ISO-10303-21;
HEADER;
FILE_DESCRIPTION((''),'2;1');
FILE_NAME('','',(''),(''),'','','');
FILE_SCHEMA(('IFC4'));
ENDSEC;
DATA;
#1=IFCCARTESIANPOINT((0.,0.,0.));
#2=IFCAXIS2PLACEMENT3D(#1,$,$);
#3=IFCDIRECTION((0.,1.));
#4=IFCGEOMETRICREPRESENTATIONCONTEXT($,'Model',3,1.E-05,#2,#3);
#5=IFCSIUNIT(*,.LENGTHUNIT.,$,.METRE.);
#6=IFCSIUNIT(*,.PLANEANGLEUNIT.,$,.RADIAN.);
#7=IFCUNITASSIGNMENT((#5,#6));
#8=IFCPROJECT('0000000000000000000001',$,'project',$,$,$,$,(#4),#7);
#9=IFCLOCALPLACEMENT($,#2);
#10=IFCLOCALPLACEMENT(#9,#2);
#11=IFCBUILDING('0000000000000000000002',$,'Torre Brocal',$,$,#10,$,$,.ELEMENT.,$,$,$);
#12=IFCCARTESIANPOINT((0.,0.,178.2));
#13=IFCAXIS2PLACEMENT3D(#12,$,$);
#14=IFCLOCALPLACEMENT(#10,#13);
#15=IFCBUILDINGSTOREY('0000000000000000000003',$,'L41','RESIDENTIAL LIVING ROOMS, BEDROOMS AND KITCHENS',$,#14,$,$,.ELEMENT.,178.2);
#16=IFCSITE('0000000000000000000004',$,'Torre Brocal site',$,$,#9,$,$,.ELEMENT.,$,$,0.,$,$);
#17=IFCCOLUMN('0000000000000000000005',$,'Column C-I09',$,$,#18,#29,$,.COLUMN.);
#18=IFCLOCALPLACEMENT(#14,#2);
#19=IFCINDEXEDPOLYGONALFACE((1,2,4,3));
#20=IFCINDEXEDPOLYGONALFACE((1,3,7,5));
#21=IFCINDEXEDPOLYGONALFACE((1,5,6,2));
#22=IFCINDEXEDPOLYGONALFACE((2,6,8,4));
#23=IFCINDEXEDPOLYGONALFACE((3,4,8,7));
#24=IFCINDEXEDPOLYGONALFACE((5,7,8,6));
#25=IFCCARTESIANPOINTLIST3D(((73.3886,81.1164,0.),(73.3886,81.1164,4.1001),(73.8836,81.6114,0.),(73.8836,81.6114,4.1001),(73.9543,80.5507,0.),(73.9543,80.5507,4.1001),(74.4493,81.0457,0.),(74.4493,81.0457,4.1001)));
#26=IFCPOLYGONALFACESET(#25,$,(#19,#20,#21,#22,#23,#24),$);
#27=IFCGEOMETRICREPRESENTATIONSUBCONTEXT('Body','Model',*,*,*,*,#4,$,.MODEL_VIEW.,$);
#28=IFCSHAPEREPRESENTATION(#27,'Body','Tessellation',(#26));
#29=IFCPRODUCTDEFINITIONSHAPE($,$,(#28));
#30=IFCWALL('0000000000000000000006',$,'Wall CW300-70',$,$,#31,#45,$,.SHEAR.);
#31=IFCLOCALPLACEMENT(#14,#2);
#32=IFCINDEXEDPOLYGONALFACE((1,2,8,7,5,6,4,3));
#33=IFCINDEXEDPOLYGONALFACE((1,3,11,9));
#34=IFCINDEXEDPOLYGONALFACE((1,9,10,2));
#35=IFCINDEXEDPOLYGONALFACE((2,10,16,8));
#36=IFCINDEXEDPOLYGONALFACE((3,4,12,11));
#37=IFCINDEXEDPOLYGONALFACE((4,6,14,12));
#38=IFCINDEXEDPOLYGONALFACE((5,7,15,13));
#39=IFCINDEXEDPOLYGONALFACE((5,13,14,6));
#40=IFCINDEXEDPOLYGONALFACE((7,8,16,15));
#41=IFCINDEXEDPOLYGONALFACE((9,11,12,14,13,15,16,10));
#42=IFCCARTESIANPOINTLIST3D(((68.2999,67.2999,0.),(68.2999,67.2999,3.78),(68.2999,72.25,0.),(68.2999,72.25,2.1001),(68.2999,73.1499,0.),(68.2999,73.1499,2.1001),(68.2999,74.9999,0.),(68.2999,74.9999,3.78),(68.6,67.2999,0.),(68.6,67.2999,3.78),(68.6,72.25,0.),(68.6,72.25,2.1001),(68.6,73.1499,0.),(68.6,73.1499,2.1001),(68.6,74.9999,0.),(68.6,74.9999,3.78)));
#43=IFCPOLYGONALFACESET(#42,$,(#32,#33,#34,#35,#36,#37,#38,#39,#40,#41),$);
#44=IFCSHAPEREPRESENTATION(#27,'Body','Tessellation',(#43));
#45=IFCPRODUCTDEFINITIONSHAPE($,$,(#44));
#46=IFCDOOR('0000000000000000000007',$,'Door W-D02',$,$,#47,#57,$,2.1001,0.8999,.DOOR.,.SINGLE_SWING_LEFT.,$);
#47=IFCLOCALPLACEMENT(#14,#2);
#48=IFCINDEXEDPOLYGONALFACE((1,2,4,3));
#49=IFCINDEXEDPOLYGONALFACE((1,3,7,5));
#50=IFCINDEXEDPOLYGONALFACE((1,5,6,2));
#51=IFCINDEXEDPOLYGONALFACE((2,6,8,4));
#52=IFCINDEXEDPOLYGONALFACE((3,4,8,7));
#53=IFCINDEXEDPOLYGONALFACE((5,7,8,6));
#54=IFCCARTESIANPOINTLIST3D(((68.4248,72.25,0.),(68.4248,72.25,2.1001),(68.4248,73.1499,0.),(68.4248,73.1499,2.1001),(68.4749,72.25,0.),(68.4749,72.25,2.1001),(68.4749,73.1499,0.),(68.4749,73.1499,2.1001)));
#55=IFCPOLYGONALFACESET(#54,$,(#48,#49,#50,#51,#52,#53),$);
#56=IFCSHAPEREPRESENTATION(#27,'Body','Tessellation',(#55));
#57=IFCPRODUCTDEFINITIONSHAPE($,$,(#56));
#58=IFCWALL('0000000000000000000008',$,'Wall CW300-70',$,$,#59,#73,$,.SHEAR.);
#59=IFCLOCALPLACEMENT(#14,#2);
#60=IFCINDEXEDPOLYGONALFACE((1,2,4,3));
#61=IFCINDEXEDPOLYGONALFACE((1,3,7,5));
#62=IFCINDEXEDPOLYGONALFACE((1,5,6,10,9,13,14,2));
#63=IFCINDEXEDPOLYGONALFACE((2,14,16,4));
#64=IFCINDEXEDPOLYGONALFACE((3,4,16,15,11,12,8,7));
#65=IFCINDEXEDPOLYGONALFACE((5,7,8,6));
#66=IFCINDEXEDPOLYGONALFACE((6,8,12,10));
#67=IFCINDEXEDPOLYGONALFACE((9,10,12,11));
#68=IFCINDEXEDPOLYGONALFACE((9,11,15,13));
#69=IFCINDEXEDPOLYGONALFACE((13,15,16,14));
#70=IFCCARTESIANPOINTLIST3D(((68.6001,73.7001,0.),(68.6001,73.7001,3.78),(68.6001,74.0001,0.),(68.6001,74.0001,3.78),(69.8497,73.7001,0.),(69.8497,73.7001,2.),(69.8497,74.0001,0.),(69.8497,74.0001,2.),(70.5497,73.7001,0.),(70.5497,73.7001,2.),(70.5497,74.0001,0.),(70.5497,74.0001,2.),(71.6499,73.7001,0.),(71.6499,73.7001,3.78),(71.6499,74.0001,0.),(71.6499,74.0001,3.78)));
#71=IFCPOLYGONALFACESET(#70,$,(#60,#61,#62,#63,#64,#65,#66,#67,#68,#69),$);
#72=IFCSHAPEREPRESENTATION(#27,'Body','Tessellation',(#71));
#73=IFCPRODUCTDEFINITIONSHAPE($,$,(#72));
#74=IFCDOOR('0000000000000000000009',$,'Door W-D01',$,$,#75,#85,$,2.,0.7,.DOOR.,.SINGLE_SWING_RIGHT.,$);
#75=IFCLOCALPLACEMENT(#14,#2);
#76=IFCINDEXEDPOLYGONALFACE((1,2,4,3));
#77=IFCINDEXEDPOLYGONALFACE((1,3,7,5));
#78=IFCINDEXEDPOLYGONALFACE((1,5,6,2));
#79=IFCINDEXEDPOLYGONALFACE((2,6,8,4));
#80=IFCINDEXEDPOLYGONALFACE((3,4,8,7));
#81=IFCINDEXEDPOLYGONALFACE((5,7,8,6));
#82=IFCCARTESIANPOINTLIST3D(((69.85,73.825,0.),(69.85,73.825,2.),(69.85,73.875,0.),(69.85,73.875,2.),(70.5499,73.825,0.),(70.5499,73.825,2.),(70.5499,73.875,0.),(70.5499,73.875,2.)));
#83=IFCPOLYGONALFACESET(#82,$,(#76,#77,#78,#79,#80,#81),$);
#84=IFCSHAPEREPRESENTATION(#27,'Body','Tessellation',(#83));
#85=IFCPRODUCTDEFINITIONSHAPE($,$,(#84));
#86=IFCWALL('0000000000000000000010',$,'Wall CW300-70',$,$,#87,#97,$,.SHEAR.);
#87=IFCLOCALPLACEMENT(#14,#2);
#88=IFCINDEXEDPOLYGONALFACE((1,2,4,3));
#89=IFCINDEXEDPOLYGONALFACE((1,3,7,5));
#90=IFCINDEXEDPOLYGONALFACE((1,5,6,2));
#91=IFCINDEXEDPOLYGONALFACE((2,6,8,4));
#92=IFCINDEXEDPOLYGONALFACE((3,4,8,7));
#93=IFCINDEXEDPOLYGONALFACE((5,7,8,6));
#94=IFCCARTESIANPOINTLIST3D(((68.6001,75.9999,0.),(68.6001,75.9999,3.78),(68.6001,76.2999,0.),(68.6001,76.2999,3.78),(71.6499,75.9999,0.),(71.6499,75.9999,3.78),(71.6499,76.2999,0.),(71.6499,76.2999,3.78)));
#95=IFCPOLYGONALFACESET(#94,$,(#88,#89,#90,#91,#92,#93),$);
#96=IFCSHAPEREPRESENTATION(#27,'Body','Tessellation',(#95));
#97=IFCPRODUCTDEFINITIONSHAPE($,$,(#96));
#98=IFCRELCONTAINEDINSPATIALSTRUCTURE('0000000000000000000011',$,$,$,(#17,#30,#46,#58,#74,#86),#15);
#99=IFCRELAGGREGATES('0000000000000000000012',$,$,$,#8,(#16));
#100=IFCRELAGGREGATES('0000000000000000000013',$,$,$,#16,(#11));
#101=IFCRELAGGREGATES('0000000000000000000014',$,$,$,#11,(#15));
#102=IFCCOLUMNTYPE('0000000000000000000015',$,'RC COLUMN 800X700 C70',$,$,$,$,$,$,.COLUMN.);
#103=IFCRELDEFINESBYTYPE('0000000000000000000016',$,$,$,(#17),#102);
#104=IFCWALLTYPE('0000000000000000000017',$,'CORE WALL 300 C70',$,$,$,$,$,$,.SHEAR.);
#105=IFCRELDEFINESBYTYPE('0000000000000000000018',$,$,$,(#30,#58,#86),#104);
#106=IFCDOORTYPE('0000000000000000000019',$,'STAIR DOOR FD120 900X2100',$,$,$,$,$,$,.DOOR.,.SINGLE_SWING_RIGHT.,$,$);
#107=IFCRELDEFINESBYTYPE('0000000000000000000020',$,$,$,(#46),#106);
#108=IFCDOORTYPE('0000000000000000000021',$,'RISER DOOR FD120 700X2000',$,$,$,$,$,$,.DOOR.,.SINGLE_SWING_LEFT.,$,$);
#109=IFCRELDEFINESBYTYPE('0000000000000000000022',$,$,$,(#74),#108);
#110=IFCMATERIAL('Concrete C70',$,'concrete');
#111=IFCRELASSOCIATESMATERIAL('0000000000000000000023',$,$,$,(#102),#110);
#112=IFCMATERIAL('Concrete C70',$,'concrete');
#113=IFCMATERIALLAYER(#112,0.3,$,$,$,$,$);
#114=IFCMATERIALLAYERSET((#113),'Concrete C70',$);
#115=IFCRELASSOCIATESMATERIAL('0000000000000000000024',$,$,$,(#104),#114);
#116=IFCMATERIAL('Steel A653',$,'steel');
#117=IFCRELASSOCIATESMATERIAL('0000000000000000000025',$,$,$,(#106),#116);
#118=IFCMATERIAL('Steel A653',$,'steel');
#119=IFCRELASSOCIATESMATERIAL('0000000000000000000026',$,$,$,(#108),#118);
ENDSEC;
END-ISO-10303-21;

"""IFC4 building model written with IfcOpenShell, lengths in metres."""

from ifc_helpers import new_model, si_unit, direction, frame, frame_2d, origin, origin_2d, place, context, subcontext, project, spatial, rectangle, extrude, material, layer, layer_set, material_profile, profile_set, type_object, element, fill, save


model = new_model("IFC4")

# Units and contexts
model_context = context("Model", 3, precision=1e-05, world=origin(), true_north=direction((0.0, 1.0)))
body_context = subcontext(model_context, "Body", "Model", "MODEL_VIEW")
ifc_project = project(units=[si_unit("LENGTHUNIT", "METRE"), si_unit("PLANEANGLEUNIT", "RADIAN")], contexts=[model_context])

# Site, building, storey
site_placement = place(None, origin())
site = spatial("IfcSite", under=ifc_project, at=site_placement, Name="Torre Brocal site", CompositionType="ELEMENT", RefElevation=0.0)
building_placement = place(site_placement, origin())
building = spatial("IfcBuilding", under=site, at=building_placement, Name="Torre Brocal", CompositionType="ELEMENT")
storey_placement = place(building_placement, frame((0.0, 0.0, 178.2)))
storey = spatial("IfcBuildingStorey", under=building, at=storey_placement, Name="L41", Description="RESIDENTIAL LIVING ROOMS, BEDROOMS AND KITCHENS", CompositionType="ELEMENT", Elevation=178.2)

# Column
ifc_material_1 = material(Name="Concrete C70", Category="concrete")
ifc_material_profile = material_profile(ifc_material_1, rectangle(XDim=0.8, YDim=0.7, at=origin_2d()), Name="RC 800X700")
ifc_profile_set = profile_set([ifc_material_profile], Name="Concrete C70")
column_type = type_object("IfcColumnType", Name="RC COLUMN 800X700 C70", PredefinedType="COLUMN", material=ifc_profile_set)
column_placement = place(storey_placement, frame((73.9189, 81.0811, 0.0), z_axis=(0.0, 0.0, 1.0), x_axis=(-0.707107, 0.707107, 0.0)))
element("IfcColumn", 1, at=column_placement, inside=storey, type_object=column_type, Name="Column C-I09", PredefinedType="COLUMN", context=body_context, shape_type="SweptSolid", body=[
    extrude(rectangle(XDim=0.8, YDim=0.7, at=origin_2d()), origin(), (0.0, 0.0, 1.0), 4.1001),
])

# Walls, openings, doors
ifc_material_2 = material(Name="Concrete C70", Category="concrete")
ifc_layer_1 = layer(ifc_material_2, 0.3)
ifc_layer_set_1 = layer_set([ifc_layer_1], Name="Concrete C70")
wall_type_1 = type_object("IfcWallType", Name="CORE WALL 300 C70", PredefinedType="SHEAR", material=ifc_layer_set_1)
wall_1_placement = place(storey_placement, frame((68.45, 75.0, 0.0), z_axis=(0.0, 0.0, 1.0), x_axis=(0.0, -1.0, 0.0)))
wall_1 = element("IfcWall", 2, at=wall_1_placement, inside=storey, type_object=wall_type_1, Name="Wall CW300-70", PredefinedType="SHEAR", context=body_context, shape_type="SweptSolid", body=[
    extrude(rectangle(XDim=7.7, YDim=0.3, at=frame_2d((3.8501, 0.0))), origin(), (0.0, 0.0, 1.0), 3.78),
])
opening_1_placement = place(wall_1_placement, frame((1.8501, 0.0, 0.0)))
opening_1 = element("IfcOpeningElement", 3, at=opening_1_placement, cuts=wall_1, PredefinedType="OPENING", context=body_context, shape_type="SweptSolid", body=[
    extrude(rectangle(XDim=0.8999, YDim=2.1001, at=frame_2d((0.45, 1.05))), frame((0.0, 0.1599, 0.0), z_axis=(0.0, -1.0, 0.0), x_axis=(1.0, 0.0, 0.0)), (0.0, 0.0, 1.0), 0.3201),
])
ifc_material_3 = material(Name="Steel A653", Category="steel")
door_type_1 = type_object("IfcDoorType", Name="STAIR DOOR FD120 900X2100", OperationType="SINGLE_SWING_RIGHT", PredefinedType="DOOR", material=ifc_material_3)
door_1_placement = place(opening_1_placement, origin())
door_1 = element("IfcDoor", 4, at=door_1_placement, inside=storey, type_object=door_type_1, Name="Door W-D02", OperationType="SINGLE_SWING_LEFT", OverallHeight=2.1001, OverallWidth=0.8999, PredefinedType="DOOR", context=body_context, shape_type="SweptSolid", body=[
    extrude(rectangle(XDim=0.8999, YDim=2.1001, at=frame_2d((0.45, 1.05))), frame((0.0, 0.0249, 0.0), z_axis=(0.0, -1.0, 0.0), x_axis=(1.0, 0.0, 0.0)), (0.0, 0.0, 1.0), 0.05),
])
fill(opening_1, door_1)
wall_2_placement = place(storey_placement, frame((71.6499, 73.8501, 0.0), z_axis=(0.0, 0.0, 1.0), x_axis=(-1.0, 0.0, 0.0)))
wall_2 = element("IfcWall", 5, at=wall_2_placement, inside=storey, type_object=wall_type_1, Name="Wall CW300-70", PredefinedType="SHEAR", context=body_context, shape_type="SweptSolid", body=[
    extrude(rectangle(XDim=3.0498, YDim=0.3, at=frame_2d((1.5249, 0.0))), origin(), (0.0, 0.0, 1.0), 3.78),
])
opening_2_placement = place(wall_2_placement, frame((1.1001, 0.0, 0.0)))
opening_2 = element("IfcOpeningElement", 6, at=opening_2_placement, cuts=wall_2, PredefinedType="OPENING", context=body_context, shape_type="SweptSolid", body=[
    extrude(rectangle(XDim=0.7, YDim=2.0, at=frame_2d((0.3501, 1.0))), frame((0.0, 0.1599, 0.0), z_axis=(0.0, -1.0, 0.0), x_axis=(1.0, 0.0, 0.0)), (0.0, 0.0, 1.0), 0.3201),
])
ifc_material_4 = material(Name="Steel A653", Category="steel")
door_type_2 = type_object("IfcDoorType", Name="RISER DOOR FD120 700X2000", OperationType="SINGLE_SWING_LEFT", PredefinedType="DOOR", material=ifc_material_4)
door_2_placement = place(opening_2_placement, frame((0.7, 0.0, 0.0), z_axis=(0.0, 0.0, 1.0), x_axis=(-1.0, 0.0, 0.0)))
door_2 = element("IfcDoor", 7, at=door_2_placement, inside=storey, type_object=door_type_2, Name="Door W-D01", OperationType="SINGLE_SWING_RIGHT", OverallHeight=2.0, OverallWidth=0.7, PredefinedType="DOOR", context=body_context, shape_type="SweptSolid", body=[
    extrude(rectangle(XDim=0.7, YDim=2.0, at=frame_2d((0.3501, 1.0))), frame((0.0, 0.0249, 0.0), z_axis=(0.0, -1.0, 0.0), x_axis=(1.0, 0.0, 0.0)), (0.0, 0.0, 1.0), 0.05),
])
fill(opening_2, door_2)

# Wall
wall_3_placement = place(storey_placement, frame((71.6499, 76.1499, 0.0), z_axis=(0.0, 0.0, 1.0), x_axis=(-1.0, 0.0, 0.0)))
element("IfcWall", 8, at=wall_3_placement, inside=storey, type_object=wall_type_1, Name="Wall CW300-70", PredefinedType="SHEAR", context=body_context, shape_type="SweptSolid", body=[
    extrude(rectangle(XDim=3.0498, YDim=0.3, at=frame_2d((1.5249, 0.0))), origin(), (0.0, 0.0, 1.0), 3.78),
])

save(model, "model.ifc")
